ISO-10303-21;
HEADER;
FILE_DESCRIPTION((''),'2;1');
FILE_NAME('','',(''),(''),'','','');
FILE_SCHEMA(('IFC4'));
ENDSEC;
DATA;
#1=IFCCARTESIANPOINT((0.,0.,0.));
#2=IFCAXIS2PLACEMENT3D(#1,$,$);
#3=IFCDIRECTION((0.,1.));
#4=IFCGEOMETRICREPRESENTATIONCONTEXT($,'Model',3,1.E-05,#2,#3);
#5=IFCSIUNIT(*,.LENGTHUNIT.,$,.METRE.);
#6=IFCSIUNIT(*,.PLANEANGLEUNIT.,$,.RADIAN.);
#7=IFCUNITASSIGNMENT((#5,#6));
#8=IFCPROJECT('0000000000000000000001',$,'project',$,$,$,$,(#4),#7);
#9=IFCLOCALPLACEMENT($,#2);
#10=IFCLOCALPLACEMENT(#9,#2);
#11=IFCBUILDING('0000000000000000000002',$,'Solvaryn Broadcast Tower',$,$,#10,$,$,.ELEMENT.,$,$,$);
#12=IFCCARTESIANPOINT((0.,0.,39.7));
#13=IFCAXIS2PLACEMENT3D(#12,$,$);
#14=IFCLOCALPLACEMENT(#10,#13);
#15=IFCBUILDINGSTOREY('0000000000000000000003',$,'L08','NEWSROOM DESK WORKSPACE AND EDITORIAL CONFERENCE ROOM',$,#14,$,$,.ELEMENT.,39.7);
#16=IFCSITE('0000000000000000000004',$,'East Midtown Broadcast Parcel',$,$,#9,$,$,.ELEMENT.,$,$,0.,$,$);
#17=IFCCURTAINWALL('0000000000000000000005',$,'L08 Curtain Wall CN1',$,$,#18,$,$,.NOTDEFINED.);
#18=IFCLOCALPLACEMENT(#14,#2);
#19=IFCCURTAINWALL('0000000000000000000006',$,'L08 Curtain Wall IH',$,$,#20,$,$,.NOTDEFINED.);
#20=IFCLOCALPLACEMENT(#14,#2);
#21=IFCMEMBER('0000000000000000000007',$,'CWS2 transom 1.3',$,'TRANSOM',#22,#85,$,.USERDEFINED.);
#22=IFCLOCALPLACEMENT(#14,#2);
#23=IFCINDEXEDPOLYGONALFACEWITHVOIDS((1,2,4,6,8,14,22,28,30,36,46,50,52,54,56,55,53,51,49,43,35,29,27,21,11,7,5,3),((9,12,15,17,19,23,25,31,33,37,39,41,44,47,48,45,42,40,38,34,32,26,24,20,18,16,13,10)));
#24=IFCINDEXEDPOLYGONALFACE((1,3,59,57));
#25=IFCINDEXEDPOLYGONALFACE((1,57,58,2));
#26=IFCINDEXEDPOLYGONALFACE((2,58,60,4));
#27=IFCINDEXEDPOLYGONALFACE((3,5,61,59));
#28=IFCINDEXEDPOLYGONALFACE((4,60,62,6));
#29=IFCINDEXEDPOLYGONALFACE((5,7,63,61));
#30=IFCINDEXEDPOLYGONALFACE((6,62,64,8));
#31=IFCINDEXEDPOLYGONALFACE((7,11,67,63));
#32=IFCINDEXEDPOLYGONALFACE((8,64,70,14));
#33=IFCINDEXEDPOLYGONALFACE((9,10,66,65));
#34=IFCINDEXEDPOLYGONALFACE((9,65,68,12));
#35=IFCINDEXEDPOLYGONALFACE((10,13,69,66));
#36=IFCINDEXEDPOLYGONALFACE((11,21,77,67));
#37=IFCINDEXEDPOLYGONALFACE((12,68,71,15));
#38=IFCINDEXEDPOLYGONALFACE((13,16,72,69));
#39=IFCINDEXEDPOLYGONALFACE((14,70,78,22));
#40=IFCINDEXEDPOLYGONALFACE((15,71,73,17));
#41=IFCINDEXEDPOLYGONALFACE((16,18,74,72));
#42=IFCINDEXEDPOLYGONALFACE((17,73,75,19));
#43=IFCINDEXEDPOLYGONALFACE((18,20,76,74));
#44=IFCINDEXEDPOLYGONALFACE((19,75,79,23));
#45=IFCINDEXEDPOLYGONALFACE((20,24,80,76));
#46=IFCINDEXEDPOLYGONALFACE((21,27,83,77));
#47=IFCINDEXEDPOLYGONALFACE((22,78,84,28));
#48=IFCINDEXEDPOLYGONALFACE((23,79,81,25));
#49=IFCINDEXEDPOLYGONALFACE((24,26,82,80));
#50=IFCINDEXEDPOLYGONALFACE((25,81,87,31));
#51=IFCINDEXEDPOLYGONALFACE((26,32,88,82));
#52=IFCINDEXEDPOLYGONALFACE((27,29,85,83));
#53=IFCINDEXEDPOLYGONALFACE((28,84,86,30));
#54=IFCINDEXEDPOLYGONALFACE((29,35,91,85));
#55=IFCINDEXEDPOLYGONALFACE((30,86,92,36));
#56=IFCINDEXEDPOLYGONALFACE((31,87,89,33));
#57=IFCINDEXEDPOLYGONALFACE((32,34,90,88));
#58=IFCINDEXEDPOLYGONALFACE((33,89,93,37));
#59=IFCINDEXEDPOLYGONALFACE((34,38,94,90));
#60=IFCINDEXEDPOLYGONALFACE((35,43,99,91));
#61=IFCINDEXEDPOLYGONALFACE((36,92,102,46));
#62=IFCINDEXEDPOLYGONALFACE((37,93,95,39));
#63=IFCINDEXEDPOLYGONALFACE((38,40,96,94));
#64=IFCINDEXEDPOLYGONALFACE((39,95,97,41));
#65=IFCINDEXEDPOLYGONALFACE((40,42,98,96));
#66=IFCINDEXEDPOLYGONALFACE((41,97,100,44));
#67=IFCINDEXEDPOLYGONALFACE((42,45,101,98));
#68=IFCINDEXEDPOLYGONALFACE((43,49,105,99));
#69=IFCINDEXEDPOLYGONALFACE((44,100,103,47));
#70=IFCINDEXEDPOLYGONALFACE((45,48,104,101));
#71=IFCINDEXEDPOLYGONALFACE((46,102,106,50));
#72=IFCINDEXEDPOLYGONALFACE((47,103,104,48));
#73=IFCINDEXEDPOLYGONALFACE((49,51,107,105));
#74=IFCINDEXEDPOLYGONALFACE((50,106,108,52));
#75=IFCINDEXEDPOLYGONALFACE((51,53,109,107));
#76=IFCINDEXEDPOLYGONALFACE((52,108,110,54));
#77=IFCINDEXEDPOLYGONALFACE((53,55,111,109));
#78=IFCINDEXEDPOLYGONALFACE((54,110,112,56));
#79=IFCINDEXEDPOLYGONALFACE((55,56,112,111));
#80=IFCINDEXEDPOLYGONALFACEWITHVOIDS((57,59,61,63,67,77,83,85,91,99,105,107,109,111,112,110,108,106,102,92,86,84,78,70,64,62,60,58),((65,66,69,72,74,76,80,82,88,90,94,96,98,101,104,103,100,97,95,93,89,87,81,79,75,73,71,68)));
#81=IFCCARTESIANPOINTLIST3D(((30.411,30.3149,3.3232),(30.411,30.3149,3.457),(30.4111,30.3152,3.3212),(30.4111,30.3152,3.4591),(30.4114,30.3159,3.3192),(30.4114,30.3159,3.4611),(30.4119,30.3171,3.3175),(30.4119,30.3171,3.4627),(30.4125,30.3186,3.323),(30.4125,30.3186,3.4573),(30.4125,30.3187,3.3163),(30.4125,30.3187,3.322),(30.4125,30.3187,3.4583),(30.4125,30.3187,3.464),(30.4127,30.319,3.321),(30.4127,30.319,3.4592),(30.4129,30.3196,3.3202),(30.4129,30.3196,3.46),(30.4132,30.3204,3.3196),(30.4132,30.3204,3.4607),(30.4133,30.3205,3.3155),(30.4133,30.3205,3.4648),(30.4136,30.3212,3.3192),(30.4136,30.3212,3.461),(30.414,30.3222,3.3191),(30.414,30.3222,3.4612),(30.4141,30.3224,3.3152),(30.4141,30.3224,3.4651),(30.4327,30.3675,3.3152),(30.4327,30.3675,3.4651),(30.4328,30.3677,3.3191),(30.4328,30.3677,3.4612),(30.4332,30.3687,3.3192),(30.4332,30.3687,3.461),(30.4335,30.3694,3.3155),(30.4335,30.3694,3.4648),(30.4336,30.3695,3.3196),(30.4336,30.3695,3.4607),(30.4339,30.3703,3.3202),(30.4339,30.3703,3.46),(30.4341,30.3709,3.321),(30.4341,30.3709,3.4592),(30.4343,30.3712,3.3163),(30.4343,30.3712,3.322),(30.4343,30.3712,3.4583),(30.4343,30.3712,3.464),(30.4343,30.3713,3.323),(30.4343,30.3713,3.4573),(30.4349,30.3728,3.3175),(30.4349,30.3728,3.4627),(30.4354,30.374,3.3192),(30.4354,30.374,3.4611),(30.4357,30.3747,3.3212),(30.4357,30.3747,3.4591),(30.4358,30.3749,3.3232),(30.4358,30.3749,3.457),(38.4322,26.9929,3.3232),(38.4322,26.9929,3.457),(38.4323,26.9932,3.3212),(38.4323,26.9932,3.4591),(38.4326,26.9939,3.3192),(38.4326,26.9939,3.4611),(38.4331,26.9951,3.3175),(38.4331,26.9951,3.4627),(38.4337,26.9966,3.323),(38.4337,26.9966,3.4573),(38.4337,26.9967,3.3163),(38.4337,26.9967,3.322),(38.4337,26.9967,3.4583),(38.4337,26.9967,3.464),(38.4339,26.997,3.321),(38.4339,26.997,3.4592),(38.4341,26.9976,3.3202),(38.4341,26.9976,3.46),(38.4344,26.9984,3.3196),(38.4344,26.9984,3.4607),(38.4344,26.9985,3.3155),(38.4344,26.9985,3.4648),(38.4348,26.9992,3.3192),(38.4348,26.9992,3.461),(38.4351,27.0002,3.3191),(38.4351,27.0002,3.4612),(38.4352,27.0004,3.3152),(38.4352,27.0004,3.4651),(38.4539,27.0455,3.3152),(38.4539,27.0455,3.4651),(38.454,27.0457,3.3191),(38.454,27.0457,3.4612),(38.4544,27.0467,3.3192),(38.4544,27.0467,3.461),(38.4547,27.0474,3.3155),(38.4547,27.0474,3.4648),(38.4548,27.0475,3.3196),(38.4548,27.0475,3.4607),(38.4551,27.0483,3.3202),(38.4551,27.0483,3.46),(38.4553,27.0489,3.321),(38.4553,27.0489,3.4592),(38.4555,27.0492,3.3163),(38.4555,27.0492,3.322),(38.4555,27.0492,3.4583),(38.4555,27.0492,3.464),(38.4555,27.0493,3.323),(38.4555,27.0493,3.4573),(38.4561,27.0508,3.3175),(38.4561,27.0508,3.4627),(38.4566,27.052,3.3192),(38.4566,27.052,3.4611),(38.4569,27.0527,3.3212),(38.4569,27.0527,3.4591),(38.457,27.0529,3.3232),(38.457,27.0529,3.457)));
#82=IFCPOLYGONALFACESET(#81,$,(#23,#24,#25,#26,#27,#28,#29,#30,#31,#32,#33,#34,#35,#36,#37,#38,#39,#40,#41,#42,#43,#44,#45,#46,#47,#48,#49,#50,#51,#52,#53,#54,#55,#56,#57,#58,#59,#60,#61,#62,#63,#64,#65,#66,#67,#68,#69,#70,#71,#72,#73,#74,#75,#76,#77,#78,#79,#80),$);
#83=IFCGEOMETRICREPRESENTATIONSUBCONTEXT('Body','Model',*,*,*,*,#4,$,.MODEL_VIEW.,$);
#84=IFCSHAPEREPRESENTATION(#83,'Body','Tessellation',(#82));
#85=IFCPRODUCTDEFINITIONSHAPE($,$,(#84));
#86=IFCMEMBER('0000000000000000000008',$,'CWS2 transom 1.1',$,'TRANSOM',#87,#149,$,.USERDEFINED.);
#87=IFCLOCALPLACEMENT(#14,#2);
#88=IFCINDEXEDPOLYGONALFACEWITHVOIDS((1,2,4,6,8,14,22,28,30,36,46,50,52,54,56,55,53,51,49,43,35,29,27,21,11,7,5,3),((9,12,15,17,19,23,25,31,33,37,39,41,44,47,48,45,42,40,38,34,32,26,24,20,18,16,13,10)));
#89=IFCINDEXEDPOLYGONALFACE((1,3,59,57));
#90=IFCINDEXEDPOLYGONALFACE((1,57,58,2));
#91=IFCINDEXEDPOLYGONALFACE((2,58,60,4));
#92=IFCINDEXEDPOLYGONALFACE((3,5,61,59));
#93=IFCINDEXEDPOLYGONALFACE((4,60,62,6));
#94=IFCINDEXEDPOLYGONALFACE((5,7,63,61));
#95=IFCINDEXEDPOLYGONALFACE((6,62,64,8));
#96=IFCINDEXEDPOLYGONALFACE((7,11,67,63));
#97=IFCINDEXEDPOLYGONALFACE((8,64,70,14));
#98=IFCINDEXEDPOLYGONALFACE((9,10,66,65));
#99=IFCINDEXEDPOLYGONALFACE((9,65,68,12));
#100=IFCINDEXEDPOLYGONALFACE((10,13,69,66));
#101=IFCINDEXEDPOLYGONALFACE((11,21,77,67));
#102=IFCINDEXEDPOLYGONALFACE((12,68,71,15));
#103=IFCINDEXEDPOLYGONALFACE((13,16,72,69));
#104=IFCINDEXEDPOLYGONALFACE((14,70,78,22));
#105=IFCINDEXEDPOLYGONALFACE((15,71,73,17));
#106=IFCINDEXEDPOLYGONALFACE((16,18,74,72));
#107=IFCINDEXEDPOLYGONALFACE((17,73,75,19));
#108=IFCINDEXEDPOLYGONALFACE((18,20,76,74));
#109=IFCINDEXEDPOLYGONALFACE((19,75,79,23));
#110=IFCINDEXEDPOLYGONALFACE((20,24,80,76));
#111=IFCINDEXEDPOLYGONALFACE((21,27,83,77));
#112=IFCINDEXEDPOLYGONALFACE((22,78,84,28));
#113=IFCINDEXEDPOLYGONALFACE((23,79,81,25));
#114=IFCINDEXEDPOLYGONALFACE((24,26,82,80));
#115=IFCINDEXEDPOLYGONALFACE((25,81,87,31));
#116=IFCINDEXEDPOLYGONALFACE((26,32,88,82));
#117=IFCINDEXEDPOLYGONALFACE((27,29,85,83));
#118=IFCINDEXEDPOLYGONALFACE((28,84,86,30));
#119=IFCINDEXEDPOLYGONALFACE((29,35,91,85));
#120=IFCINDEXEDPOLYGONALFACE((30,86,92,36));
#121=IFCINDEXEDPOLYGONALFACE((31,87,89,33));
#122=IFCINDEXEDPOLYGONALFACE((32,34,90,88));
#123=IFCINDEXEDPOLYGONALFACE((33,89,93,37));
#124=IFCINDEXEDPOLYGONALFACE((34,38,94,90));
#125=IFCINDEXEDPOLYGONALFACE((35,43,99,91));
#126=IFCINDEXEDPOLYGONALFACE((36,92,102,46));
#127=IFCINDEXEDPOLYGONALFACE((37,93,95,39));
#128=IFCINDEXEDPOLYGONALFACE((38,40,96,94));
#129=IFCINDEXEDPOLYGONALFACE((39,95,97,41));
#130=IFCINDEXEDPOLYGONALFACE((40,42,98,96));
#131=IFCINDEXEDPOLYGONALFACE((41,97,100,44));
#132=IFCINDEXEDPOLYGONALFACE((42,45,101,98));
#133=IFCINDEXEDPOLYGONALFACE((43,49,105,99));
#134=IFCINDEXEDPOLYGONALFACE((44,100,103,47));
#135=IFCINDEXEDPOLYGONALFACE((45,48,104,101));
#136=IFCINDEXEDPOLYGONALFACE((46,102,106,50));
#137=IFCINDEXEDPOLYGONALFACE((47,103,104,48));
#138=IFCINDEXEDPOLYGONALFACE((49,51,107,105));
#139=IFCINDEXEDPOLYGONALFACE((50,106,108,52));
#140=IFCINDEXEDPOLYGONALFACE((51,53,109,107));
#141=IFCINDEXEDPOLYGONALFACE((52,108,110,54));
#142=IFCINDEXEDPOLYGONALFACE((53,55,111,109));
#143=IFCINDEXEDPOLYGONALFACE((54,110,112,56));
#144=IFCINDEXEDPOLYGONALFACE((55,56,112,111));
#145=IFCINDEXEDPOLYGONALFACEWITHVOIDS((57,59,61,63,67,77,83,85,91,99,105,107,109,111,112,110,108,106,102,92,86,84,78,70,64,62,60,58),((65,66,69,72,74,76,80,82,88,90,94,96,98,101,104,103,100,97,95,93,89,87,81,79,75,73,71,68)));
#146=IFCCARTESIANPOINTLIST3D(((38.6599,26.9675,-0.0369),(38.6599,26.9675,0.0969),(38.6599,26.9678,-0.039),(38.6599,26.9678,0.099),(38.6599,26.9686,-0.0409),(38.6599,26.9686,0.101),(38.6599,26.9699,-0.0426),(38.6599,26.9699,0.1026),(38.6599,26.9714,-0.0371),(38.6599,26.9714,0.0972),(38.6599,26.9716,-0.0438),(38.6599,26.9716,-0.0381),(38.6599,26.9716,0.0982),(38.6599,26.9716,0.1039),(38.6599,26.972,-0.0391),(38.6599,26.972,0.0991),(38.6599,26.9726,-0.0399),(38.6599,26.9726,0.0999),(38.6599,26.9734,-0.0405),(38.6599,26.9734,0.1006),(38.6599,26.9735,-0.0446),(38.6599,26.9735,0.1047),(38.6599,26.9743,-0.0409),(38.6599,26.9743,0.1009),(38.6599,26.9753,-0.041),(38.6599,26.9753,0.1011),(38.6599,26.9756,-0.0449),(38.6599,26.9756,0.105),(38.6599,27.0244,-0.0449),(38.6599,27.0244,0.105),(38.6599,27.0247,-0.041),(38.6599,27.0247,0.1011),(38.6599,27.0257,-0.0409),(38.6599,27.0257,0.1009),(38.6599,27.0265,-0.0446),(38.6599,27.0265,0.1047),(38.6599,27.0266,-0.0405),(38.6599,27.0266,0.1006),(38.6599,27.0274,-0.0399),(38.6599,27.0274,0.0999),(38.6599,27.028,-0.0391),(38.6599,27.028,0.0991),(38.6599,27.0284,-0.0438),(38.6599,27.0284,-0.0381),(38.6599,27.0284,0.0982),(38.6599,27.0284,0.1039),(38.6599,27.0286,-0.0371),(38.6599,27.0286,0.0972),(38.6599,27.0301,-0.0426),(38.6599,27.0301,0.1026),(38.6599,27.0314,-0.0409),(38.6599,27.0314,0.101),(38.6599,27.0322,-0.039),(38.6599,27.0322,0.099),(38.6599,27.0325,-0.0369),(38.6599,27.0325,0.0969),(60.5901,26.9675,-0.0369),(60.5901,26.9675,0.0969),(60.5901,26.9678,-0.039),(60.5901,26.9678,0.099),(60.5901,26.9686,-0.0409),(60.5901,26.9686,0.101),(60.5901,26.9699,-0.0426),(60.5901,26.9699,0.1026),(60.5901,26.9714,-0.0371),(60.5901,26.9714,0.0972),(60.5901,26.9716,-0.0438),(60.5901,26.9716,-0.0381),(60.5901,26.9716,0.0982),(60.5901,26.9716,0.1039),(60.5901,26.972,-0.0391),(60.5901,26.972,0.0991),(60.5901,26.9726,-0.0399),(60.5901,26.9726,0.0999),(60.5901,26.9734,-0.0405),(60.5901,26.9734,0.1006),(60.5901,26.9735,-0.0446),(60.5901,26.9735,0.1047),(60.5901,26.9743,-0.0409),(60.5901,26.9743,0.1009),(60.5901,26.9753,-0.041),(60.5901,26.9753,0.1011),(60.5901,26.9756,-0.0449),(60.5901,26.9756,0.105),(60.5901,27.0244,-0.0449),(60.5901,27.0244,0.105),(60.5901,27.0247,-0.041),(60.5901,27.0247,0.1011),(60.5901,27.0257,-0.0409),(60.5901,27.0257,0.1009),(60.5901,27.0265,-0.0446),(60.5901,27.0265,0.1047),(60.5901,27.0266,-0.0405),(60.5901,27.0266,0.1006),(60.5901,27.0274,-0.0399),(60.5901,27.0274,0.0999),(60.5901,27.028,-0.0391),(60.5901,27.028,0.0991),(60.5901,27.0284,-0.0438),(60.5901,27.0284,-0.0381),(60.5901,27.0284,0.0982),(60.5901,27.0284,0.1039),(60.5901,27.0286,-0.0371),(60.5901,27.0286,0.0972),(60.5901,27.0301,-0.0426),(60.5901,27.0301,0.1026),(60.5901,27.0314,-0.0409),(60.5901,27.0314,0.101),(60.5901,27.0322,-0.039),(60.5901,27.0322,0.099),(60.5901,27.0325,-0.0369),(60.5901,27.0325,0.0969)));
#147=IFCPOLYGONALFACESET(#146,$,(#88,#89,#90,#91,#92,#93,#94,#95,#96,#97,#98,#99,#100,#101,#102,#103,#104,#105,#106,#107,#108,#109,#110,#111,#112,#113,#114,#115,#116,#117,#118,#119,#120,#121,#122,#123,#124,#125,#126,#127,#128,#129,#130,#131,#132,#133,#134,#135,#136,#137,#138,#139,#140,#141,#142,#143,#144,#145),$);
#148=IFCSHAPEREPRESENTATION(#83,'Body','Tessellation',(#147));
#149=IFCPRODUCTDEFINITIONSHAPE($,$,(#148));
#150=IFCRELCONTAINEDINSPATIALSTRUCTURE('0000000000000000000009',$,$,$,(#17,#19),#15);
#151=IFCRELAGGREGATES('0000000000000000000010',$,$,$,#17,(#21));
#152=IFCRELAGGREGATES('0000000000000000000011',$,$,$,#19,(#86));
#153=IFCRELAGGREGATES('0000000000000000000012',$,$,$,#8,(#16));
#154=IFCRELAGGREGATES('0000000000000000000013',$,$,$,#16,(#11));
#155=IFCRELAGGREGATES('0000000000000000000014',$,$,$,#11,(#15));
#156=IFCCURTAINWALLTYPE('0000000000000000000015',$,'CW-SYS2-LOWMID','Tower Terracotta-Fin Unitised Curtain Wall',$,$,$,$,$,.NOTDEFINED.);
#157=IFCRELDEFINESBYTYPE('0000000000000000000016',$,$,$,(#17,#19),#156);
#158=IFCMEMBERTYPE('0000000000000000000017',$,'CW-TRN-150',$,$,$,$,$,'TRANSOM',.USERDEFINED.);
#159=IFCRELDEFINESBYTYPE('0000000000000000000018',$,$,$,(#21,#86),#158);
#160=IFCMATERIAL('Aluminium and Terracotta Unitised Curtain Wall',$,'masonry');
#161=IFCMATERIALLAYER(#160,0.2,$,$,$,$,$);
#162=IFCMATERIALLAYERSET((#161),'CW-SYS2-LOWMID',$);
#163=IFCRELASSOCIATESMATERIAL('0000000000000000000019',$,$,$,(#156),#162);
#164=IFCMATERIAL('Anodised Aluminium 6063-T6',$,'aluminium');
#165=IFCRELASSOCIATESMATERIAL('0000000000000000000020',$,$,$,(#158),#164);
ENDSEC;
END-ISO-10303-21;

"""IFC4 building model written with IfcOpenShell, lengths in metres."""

from ifc_helpers import new_model, si_unit, direction, frame, origin, origin_2d, place, context, subcontext, project, spatial, hollow_rectangle, extrude, material, layer, layer_set, material_profile, profile_set, type_object, element, aggregate, save


model = new_model("IFC4")

# Units and contexts
model_context = context("Model", 3, precision=1e-05, world=origin(), true_north=direction((0.0, 1.0)))
body_context = subcontext(model_context, "Body", "Model", "MODEL_VIEW")
ifc_project = project(units=[si_unit("LENGTHUNIT", "METRE"), si_unit("PLANEANGLEUNIT", "RADIAN")], contexts=[model_context])

# Site, building, storey
site_placement = place(None, origin())
site = spatial("IfcSite", under=ifc_project, at=site_placement, Name="East Midtown Broadcast Parcel", CompositionType="ELEMENT", RefElevation=0.0)
building_placement = place(site_placement, origin())
building = spatial("IfcBuilding", under=site, at=building_placement, Name="Solvaryn Broadcast Tower", CompositionType="ELEMENT")
storey_placement = place(building_placement, frame((0.0, 0.0, 39.7)))
storey = spatial("IfcBuildingStorey", under=building, at=storey_placement, Name="L08", Description="NEWSROOM DESK WORKSPACE AND EDITORIAL CONFERENCE ROOM", CompositionType="ELEMENT", Elevation=39.7)

# Curtain walls
ifc_material_1 = material(Name="Aluminium and Terracotta Unitised Curtain Wall", Category="masonry")
ifc_layer_1 = layer(ifc_material_1, 0.2)
ifc_layer_set_1 = layer_set([ifc_layer_1], Name="CW-SYS2-LOWMID")
curtain_wall_type = type_object("IfcCurtainWallType", Name="CW-SYS2-LOWMID", Description="Tower Terracotta-Fin Unitised Curtain Wall", PredefinedType="NOTDEFINED", material=ifc_layer_set_1)
curtain_wall_1_placement = place(storey_placement, origin())
curtain_wall_1 = element("IfcCurtainWall", 1, at=curtain_wall_1_placement, inside=storey, type_object=curtain_wall_type, Name="L08 Curtain Wall CN1", PredefinedType="NOTDEFINED")
curtain_wall_2_placement = place(storey_placement, origin())
curtain_wall_2 = element("IfcCurtainWall", 2, at=curtain_wall_2_placement, inside=storey, type_object=curtain_wall_type, Name="L08 Curtain Wall IH", PredefinedType="NOTDEFINED")

# Members
ifc_material_2 = material(Name="Anodised Aluminium 6063-T6", Category="aluminium")
ifc_material_profile_1 = material_profile(ifc_material_2, hollow_rectangle(XDim=0.0649, YDim=0.1499, WallThickness=0.0039, InnerFilletRadius=0.0039, OuterFilletRadius=0.0081, at=origin_2d()))
ifc_profile_set_1 = profile_set([ifc_material_profile_1], Name="Anodised Aluminium 6063-T6")
member_type_1 = type_object("IfcMemberType", Name="CW-TRN-150", ElementType="TRANSOM", PredefinedType="USERDEFINED", material=ifc_profile_set_1)
member_1_placement = place(storey_placement, frame((38.4446, 27.0229, 3.3901), z_axis=(-0.923899, 0.382636, 0.0), x_axis=(-0.382636, -0.923899, 0.0)))
member_1 = element("IfcMember", 3, at=member_1_placement, type_object=member_type_1, Name="CWS2 transom 1.3", ObjectType="TRANSOM", PredefinedType="USERDEFINED", context=body_context, shape_type="SweptSolid", body=[
    extrude(hollow_rectangle(XDim=0.0649, YDim=0.1499, WallThickness=0.0039, InnerFilletRadius=0.0039, OuterFilletRadius=0.0081, at=origin_2d()), origin(), (0.0, 0.0, 1.0), 8.6819),
])
aggregate(curtain_wall_1, [member_1])
member_2_placement = place(storey_placement, frame((38.6599, 27.0, 0.03), z_axis=(1.0, 0.0, 0.0), x_axis=(0.0, 1.0, 0.0)))
member_2 = element("IfcMember", 4, at=member_2_placement, type_object=member_type_1, Name="CWS2 transom 1.1", ObjectType="TRANSOM", PredefinedType="USERDEFINED", context=body_context, shape_type="SweptSolid", body=[
    extrude(hollow_rectangle(XDim=0.0649, YDim=0.1499, WallThickness=0.0039, InnerFilletRadius=0.0039, OuterFilletRadius=0.0081, at=origin_2d()), origin(), (0.0, 0.0, 1.0), 21.9302),
])
aggregate(curtain_wall_2, [member_2])

save(model, "model.ifc")
